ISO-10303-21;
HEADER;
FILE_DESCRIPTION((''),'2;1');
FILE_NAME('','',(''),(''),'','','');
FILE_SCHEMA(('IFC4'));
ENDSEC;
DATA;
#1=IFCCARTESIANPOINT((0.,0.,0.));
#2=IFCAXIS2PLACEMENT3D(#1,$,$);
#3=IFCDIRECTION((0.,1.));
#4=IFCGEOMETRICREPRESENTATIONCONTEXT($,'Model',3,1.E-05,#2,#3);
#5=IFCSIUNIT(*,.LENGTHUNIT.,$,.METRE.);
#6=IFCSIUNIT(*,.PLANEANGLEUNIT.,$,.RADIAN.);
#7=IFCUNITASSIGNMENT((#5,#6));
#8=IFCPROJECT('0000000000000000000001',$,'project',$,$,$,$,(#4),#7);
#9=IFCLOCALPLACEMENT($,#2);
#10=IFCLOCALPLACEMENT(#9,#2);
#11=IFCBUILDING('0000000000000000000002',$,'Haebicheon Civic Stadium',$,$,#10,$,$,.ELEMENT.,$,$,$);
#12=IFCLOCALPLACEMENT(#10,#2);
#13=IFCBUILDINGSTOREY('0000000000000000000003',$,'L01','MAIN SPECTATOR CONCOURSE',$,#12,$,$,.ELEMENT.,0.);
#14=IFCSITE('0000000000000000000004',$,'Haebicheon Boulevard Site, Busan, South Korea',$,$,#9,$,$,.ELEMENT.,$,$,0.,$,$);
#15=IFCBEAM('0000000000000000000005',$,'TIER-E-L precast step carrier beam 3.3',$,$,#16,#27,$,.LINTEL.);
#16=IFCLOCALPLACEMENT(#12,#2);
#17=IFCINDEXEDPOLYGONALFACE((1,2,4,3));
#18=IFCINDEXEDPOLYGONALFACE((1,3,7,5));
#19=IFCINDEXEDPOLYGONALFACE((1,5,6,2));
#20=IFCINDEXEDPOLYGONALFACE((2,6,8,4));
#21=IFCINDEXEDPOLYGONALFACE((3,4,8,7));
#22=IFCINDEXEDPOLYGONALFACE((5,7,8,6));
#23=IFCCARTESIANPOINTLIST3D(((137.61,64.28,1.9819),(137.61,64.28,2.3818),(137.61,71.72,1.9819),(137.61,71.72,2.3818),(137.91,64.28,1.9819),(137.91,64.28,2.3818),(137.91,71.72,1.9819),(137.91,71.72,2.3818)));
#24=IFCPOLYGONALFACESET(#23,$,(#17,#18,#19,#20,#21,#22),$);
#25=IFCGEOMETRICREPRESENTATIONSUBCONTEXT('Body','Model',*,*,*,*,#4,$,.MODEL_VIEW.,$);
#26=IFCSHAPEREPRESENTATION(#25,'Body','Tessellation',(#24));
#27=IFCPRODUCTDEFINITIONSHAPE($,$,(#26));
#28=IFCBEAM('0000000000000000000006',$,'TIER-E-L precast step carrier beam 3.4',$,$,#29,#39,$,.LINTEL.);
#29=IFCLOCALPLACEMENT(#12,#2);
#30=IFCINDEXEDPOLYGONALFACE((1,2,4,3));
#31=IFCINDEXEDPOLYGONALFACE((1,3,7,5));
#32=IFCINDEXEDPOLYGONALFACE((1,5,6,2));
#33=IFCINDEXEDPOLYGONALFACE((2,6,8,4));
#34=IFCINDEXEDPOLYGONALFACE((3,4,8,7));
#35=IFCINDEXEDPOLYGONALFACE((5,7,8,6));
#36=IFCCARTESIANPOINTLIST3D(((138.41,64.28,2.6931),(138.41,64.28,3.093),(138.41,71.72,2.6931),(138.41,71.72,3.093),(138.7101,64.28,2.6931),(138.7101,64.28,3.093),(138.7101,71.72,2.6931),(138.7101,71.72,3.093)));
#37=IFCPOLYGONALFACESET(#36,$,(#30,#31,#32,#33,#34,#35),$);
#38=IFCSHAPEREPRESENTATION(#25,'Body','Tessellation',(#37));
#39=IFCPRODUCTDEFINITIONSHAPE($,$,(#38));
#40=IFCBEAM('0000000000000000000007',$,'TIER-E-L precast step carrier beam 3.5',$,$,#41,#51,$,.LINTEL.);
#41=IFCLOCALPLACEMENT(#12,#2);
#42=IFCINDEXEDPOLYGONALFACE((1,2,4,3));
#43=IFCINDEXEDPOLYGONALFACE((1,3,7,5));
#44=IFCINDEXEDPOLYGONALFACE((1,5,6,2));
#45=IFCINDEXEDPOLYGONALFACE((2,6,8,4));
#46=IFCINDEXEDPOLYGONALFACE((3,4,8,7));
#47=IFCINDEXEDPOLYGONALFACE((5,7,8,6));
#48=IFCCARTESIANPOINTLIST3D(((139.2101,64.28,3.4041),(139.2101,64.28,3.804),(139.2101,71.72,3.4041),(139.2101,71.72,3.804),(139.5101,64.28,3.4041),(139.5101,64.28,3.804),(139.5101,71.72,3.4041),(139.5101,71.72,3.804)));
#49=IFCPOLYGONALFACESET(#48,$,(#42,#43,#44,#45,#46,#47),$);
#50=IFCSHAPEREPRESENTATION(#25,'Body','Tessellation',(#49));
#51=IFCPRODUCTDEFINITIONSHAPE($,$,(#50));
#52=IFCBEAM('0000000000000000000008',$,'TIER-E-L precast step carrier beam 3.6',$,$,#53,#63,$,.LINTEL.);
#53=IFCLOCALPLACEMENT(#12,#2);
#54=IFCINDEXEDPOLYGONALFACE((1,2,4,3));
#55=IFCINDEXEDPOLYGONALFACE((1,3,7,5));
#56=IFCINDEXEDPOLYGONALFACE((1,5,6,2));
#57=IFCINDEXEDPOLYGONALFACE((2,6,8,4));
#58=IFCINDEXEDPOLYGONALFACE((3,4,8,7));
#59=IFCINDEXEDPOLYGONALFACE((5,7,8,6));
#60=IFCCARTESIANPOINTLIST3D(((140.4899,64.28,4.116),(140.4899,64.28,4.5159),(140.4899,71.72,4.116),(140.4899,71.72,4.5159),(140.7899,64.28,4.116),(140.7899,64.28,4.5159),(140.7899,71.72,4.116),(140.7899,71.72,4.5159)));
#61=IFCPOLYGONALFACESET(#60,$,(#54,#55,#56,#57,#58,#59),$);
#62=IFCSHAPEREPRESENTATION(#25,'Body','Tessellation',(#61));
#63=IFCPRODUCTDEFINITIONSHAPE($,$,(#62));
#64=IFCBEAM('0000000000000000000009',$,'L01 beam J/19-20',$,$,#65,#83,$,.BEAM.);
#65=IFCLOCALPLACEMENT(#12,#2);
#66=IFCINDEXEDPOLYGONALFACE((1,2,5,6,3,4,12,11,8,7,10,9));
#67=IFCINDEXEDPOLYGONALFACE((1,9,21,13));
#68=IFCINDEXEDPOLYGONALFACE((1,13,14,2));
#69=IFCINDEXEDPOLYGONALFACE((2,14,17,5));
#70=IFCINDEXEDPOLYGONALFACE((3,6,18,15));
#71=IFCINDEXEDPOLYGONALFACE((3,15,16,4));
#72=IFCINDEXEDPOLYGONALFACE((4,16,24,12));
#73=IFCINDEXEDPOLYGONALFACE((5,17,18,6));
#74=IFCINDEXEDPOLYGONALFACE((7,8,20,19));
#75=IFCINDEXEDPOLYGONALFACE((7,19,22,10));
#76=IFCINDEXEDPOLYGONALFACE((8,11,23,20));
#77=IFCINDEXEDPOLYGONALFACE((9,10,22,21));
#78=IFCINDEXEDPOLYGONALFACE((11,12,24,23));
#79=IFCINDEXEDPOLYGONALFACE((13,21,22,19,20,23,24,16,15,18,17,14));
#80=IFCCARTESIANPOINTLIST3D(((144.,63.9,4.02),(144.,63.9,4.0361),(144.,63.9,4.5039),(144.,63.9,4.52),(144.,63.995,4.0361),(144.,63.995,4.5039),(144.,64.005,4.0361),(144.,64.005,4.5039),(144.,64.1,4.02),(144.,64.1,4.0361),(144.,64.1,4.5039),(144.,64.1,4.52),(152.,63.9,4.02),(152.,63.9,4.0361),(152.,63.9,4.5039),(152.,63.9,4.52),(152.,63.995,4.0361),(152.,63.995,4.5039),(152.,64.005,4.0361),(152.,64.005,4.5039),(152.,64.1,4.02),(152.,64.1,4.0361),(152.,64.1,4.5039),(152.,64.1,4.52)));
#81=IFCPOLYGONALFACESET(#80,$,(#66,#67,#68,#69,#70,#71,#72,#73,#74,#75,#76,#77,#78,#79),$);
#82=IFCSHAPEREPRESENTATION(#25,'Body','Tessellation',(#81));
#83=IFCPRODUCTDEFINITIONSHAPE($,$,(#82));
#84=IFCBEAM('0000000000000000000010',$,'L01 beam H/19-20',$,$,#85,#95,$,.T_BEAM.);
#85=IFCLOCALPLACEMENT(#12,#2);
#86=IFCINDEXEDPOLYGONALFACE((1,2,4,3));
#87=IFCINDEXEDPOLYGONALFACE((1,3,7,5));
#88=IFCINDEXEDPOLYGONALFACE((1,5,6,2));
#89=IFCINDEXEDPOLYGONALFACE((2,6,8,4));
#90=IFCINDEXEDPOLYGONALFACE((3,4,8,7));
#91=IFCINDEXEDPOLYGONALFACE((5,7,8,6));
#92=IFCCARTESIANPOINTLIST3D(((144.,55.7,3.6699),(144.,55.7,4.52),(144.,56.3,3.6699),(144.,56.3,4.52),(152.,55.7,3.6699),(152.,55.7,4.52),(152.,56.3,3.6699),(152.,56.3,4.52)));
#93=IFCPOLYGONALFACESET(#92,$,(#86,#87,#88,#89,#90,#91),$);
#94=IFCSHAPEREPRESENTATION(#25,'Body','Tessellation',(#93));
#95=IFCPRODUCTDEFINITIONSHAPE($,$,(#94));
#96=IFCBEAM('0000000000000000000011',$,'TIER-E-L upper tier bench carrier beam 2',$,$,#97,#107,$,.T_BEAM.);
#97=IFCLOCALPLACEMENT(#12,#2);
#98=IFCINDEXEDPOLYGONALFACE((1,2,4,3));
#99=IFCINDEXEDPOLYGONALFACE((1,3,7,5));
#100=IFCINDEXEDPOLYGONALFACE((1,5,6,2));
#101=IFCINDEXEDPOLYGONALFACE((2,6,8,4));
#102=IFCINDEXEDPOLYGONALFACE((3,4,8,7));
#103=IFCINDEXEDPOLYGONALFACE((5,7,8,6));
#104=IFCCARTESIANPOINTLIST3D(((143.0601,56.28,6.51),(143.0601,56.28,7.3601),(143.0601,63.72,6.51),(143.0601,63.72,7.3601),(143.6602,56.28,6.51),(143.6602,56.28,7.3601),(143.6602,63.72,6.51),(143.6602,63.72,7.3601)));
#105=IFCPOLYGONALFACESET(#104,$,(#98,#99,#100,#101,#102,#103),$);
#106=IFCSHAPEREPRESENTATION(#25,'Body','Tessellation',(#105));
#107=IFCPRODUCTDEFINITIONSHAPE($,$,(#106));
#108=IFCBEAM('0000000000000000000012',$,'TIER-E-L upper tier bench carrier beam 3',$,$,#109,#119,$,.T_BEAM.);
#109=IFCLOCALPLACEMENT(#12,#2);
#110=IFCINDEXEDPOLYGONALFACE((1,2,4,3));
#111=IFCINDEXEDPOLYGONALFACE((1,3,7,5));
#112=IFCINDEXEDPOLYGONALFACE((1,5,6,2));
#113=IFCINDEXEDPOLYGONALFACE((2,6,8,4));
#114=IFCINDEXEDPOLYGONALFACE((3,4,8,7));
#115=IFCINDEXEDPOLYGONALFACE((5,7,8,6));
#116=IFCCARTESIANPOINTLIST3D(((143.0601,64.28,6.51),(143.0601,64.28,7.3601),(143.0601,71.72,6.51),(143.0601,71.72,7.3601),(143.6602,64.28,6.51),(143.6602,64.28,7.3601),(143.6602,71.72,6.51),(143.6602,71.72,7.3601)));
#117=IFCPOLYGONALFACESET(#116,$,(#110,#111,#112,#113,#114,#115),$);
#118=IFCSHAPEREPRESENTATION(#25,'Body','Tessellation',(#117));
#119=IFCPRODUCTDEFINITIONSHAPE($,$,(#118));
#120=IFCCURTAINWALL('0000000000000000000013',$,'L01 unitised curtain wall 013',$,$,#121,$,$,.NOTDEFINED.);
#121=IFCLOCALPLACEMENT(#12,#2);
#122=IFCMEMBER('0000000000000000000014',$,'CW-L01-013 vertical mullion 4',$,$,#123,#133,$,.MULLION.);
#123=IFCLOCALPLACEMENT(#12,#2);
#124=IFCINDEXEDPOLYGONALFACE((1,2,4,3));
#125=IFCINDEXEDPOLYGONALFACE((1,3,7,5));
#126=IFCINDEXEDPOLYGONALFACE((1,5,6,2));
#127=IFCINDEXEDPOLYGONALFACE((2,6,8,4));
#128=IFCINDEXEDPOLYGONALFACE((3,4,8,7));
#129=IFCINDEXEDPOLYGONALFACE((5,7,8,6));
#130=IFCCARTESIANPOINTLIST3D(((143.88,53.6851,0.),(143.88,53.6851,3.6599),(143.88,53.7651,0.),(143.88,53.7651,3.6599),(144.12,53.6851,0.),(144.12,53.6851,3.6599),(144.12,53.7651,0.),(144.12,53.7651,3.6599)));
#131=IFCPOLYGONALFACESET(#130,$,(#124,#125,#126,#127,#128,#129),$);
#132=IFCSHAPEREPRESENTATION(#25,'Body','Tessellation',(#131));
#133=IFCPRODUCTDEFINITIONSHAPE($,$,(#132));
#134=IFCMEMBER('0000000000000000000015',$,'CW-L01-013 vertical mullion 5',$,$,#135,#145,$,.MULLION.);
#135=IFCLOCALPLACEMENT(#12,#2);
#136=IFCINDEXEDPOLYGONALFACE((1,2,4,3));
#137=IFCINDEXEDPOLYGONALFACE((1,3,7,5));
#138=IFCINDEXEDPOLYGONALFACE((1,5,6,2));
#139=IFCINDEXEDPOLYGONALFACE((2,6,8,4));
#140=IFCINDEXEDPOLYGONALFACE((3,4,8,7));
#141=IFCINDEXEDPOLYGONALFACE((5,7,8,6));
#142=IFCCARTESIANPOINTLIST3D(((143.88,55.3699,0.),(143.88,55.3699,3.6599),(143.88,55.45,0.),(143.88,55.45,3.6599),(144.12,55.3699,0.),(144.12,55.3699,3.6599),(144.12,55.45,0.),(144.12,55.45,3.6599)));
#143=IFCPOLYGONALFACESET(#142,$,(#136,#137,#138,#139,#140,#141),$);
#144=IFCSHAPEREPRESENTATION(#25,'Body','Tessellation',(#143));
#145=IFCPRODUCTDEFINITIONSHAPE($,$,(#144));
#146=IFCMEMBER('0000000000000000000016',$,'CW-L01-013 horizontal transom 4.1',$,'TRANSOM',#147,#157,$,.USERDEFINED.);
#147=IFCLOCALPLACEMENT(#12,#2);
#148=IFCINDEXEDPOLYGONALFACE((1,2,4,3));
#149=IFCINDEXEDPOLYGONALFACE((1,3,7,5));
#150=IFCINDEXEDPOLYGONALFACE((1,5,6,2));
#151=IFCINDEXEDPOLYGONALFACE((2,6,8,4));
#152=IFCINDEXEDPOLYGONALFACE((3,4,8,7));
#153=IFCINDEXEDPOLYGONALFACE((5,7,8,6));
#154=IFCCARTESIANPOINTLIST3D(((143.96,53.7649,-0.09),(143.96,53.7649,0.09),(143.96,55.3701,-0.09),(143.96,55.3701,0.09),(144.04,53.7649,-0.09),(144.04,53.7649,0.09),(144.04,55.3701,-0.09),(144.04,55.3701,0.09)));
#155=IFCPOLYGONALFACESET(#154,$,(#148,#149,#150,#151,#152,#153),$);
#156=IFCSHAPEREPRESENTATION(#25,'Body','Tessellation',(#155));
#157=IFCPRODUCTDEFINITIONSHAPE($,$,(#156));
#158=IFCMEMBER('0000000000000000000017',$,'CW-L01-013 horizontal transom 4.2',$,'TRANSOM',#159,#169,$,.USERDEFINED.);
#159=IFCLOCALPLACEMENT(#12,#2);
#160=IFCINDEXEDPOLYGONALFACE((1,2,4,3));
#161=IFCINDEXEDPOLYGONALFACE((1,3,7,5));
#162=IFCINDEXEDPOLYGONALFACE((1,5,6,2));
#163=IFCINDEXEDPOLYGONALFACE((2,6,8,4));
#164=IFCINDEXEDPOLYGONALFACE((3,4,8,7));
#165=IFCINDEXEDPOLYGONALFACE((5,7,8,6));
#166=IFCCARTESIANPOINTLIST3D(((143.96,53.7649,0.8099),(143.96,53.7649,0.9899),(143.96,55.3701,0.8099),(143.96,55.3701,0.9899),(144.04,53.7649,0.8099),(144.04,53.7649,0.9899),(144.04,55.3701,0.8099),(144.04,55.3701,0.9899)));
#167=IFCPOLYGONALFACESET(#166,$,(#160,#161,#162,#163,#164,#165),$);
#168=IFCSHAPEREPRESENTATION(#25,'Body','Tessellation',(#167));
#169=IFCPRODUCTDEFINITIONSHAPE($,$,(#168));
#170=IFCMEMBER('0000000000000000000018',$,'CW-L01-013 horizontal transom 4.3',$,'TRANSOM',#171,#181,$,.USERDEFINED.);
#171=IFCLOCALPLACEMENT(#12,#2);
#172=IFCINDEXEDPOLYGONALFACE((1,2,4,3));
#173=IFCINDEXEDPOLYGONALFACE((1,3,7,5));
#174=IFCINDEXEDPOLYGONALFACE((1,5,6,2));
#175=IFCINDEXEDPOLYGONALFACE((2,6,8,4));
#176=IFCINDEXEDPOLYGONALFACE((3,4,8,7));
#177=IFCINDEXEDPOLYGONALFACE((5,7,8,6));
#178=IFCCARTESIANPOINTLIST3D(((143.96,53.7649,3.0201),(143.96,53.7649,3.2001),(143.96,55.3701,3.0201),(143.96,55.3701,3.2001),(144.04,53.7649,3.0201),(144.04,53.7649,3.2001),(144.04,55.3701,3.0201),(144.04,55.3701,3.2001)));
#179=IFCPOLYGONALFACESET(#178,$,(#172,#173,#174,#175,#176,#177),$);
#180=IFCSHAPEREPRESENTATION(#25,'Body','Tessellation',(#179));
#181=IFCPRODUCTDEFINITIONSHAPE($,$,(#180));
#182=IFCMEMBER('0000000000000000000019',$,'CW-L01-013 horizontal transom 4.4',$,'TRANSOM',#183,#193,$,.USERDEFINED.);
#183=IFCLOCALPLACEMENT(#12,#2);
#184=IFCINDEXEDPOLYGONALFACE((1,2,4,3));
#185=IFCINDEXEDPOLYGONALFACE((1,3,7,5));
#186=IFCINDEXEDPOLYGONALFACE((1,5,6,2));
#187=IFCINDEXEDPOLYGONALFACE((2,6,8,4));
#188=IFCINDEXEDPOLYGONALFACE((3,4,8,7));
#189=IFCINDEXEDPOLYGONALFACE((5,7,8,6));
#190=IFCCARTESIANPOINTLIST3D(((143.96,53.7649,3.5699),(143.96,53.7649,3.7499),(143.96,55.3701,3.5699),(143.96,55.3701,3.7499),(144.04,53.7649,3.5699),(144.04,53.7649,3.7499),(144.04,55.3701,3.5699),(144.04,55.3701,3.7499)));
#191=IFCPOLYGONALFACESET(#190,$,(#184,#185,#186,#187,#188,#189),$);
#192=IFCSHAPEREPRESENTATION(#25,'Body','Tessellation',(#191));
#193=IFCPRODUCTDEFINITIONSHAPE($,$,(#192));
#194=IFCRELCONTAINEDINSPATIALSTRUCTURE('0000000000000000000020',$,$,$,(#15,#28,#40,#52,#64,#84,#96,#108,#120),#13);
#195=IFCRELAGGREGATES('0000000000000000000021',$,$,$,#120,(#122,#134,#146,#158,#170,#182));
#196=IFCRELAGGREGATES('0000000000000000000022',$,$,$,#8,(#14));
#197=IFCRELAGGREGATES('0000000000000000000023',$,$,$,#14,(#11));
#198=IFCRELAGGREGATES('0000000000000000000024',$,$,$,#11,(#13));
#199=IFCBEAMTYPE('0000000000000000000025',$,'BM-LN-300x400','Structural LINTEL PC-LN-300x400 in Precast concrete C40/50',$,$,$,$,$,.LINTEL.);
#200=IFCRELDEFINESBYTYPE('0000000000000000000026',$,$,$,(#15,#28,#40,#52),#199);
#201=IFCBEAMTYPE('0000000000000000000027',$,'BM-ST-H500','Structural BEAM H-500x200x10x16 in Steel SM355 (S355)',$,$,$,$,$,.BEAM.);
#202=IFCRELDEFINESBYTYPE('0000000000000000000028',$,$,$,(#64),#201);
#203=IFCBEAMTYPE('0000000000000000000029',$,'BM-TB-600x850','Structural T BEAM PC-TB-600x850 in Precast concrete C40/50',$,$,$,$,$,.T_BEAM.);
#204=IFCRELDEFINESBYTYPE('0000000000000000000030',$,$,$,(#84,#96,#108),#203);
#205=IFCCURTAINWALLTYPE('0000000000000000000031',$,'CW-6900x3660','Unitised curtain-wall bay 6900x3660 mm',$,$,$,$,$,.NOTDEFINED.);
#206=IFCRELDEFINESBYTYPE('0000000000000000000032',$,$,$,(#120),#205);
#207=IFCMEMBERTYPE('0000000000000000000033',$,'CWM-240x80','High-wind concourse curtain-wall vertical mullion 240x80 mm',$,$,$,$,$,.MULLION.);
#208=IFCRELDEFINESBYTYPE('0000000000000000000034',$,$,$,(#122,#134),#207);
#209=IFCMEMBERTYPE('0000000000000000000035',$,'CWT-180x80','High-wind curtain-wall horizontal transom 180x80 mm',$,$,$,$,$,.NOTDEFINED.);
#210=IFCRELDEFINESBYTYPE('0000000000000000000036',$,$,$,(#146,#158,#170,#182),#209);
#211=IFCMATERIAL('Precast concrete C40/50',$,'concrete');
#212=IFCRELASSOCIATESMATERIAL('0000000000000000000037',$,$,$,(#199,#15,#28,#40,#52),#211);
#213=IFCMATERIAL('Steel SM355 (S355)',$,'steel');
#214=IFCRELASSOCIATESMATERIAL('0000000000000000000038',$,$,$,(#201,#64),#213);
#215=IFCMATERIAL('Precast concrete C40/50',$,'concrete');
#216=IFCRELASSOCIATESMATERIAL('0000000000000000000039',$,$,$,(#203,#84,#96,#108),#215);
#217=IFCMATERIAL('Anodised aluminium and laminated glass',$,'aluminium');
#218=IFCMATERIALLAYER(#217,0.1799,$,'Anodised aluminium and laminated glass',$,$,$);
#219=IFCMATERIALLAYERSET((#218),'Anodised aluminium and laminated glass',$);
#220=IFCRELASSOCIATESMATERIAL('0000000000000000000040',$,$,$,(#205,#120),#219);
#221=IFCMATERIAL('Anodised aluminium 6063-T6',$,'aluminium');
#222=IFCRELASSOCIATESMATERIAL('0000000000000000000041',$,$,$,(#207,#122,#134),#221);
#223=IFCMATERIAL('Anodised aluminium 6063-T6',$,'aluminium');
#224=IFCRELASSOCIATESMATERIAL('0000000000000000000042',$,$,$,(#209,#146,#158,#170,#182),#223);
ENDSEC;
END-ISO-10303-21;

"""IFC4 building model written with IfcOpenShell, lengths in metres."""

from ifc_helpers import new_model, si_unit, direction, frame, origin, origin_2d, place, context, subcontext, project, spatial, rectangle, i_section, extrude, material, layer, layer_set, material_profile, profile_set, type_object, element, aggregate, save


model = new_model("IFC4")

# Units and contexts
model_context = context("Model", 3, precision=1e-05, world=origin(), true_north=direction((0.0, 1.0)))
body_context = subcontext(model_context, "Body", "Model", "MODEL_VIEW")
ifc_project = project(units=[si_unit("LENGTHUNIT", "METRE"), si_unit("PLANEANGLEUNIT", "RADIAN")], contexts=[model_context])

# Site, building, storey
site_placement = place(None, origin())
site = spatial("IfcSite", under=ifc_project, at=site_placement, Name="Haebicheon Boulevard Site, Busan, South Korea", CompositionType="ELEMENT", RefElevation=0.0)
building_placement = place(site_placement, origin())
building = spatial("IfcBuilding", under=site, at=building_placement, Name="Haebicheon Civic Stadium", CompositionType="ELEMENT")
storey_placement = place(building_placement, origin())
storey = spatial("IfcBuildingStorey", under=building, at=storey_placement, Name="L01", Description="MAIN SPECTATOR CONCOURSE", CompositionType="ELEMENT", Elevation=0.0)

# Beams
ifc_material_1 = material(Name="Precast concrete C40/50", Category="concrete")
ifc_material_profile_1 = material_profile(ifc_material_1, rectangle(XDim=0.3, YDim=0.3999, at=origin_2d()), Name="PC-LN-300x400")
ifc_profile_set_1 = profile_set([ifc_material_profile_1], Name="Precast concrete C40/50")
beam_type_1 = type_object("IfcBeamType", Name="BM-LN-300x400", Description="Structural LINTEL PC-LN-300x400 in Precast concrete C40/50", PredefinedType="LINTEL", material=ifc_profile_set_1)
for number, where, z_axis, x_axis, name in (
    (1, (137.76, 64.28, 2.1819), (0.0, 1.0, 0.0), (-1.0, 0.0, 0.0), "TIER-E-L precast step carrier beam 3.3"),
    (2, (138.5601, 64.28, 2.8931), (0.0, 1.0, 0.0), (-1.0, 0.0, 0.0), "TIER-E-L precast step carrier beam 3.4"),
    (3, (139.3601, 64.28, 3.604), (0.0, 1.0, 0.0), (-1.0, 0.0, 0.0), "TIER-E-L precast step carrier beam 3.5"),
    (4, (140.6399, 64.28, 4.3159), (0.0, 1.0, 0.0), (-1.0, 0.0, 0.0), "TIER-E-L precast step carrier beam 3.6"),
):
    element("IfcBeam", number, at=place(storey_placement, frame(where, z_axis=z_axis, x_axis=x_axis)), inside=storey, type_object=beam_type_1, material=ifc_profile_set_1, Name=name, PredefinedType="LINTEL", context=body_context, shape_type="SweptSolid", body=[
        extrude(rectangle(XDim=0.3, YDim=0.3999, at=origin_2d()), origin(), (0.0, 0.0, 1.0), 7.4399),
    ])
ifc_material_2 = material(Name="Steel SM355 (S355)", Category="steel")
ifc_material_profile_2 = material_profile(ifc_material_2, i_section(OverallWidth=0.2, OverallDepth=0.5, WebThickness=0.01, FlangeThickness=0.0161, at=origin_2d()), Name="H-500x200x10x16")
ifc_profile_set_2 = profile_set([ifc_material_profile_2], Name="Steel SM355 (S355)")
beam_type_2 = type_object("IfcBeamType", Name="BM-ST-H500", Description="Structural BEAM H-500x200x10x16 in Steel SM355 (S355)", PredefinedType="BEAM", material=ifc_profile_set_2)
beam_1_placement = place(storey_placement, frame((144.0, 64.0, 4.27), z_axis=(1.0, 0.0, 0.0), x_axis=(0.0, 1.0, 0.0)))
element("IfcBeam", 5, at=beam_1_placement, inside=storey, type_object=beam_type_2, material=ifc_profile_set_2, Name="L01 beam J/19-20", PredefinedType="BEAM", context=body_context, shape_type="SweptSolid", body=[
    extrude(i_section(OverallWidth=0.2, OverallDepth=0.5, WebThickness=0.01, FlangeThickness=0.0161, at=origin_2d()), origin(), (0.0, 0.0, 1.0), 8.0),
])
ifc_material_3 = material(Name="Precast concrete C40/50", Category="concrete")
ifc_material_profile_3 = material_profile(ifc_material_3, rectangle(XDim=0.6001, YDim=0.8501, at=origin_2d()), Name="PC-TB-600x850")
ifc_profile_set_3 = profile_set([ifc_material_profile_3], Name="Precast concrete C40/50")
beam_type_3 = type_object("IfcBeamType", Name="BM-TB-600x850", Description="Structural T BEAM PC-TB-600x850 in Precast concrete C40/50", PredefinedType="T_BEAM", material=ifc_profile_set_3)
beam_2_placement = place(storey_placement, frame((144.0, 56.0, 4.095), z_axis=(1.0, 0.0, 0.0), x_axis=(0.0, 1.0, 0.0)))
element("IfcBeam", 6, at=beam_2_placement, inside=storey, type_object=beam_type_3, material=ifc_profile_set_3, Name="L01 beam H/19-20", PredefinedType="T_BEAM", context=body_context, shape_type="SweptSolid", body=[
    extrude(rectangle(XDim=0.6001, YDim=0.8501, at=origin_2d()), origin(), (0.0, 0.0, 1.0), 8.0),
])
for number, where, z_axis, x_axis, name in (
    (7, (143.3601, 56.28, 6.9351), (0.0, 1.0, 0.0), (-1.0, 0.0, 0.0), "TIER-E-L upper tier bench carrier beam 2"),
    (8, (143.3601, 64.28, 6.9351), (0.0, 1.0, 0.0), (-1.0, 0.0, 0.0), "TIER-E-L upper tier bench carrier beam 3"),
):
    element("IfcBeam", number, at=place(storey_placement, frame(where, z_axis=z_axis, x_axis=x_axis)), inside=storey, type_object=beam_type_3, material=ifc_profile_set_3, Name=name, PredefinedType="T_BEAM", context=body_context, shape_type="SweptSolid", body=[
        extrude(rectangle(XDim=0.6001, YDim=0.8501, at=origin_2d()), origin(), (0.0, 0.0, 1.0), 7.4399),
    ])

# Curtain wall, members
ifc_material_4 = material(Name="Anodised aluminium and laminated glass", Category="aluminium")
ifc_layer_1 = layer(ifc_material_4, 0.1799, Name="Anodised aluminium and laminated glass")
ifc_layer_set_1 = layer_set([ifc_layer_1], Name="Anodised aluminium and laminated glass")
curtain_wall_type = type_object("IfcCurtainWallType", Name="CW-6900x3660", Description="Unitised curtain-wall bay 6900x3660 mm", PredefinedType="NOTDEFINED", material=ifc_layer_set_1)
curtain_wall_placement = place(storey_placement, origin())
curtain_wall = element("IfcCurtainWall", 9, at=curtain_wall_placement, inside=storey, type_object=curtain_wall_type, material=ifc_layer_set_1, Name="L01 unitised curtain wall 013", PredefinedType="NOTDEFINED")
ifc_material_5 = material(Name="Anodised aluminium 6063-T6", Category="aluminium")
ifc_material_profile_4 = material_profile(ifc_material_5, rectangle(XDim=0.0801, YDim=0.24, at=origin_2d()), Name="ALU-MULL-80x240")
ifc_profile_set_4 = profile_set([ifc_material_profile_4], Name="Anodised aluminium 6063-T6")
member_type_1 = type_object("IfcMemberType", Name="CWM-240x80", Description="High-wind concourse curtain-wall vertical mullion 240x80 mm", PredefinedType="MULLION", material=ifc_profile_set_4)
member_1_placement = place(storey_placement, frame((144.0, 53.7251, 0.0), z_axis=(0.0, 0.0, 1.0), x_axis=(0.0, 1.0, 0.0)))
member_1 = element("IfcMember", 10, at=member_1_placement, type_object=member_type_1, material=ifc_profile_set_4, Name="CW-L01-013 vertical mullion 4", PredefinedType="MULLION", context=body_context, shape_type="SweptSolid", body=[
    extrude(rectangle(XDim=0.0801, YDim=0.24, at=origin_2d()), origin(), (0.0, 0.0, 1.0), 3.6599),
])
member_2_placement = place(storey_placement, frame((144.0, 55.4099, 0.0), z_axis=(0.0, 0.0, 1.0), x_axis=(0.0, 1.0, 0.0)))
member_2 = element("IfcMember", 11, at=member_2_placement, type_object=member_type_1, material=ifc_profile_set_4, Name="CW-L01-013 vertical mullion 5", PredefinedType="MULLION", context=body_context, shape_type="SweptSolid", body=[
    extrude(rectangle(XDim=0.0801, YDim=0.24, at=origin_2d()), origin(), (0.0, 0.0, 1.0), 3.6599),
])
ifc_material_6 = material(Name="Anodised aluminium 6063-T6", Category="aluminium")
ifc_material_profile_5 = material_profile(ifc_material_6, rectangle(XDim=0.0801, YDim=0.1799, at=origin_2d()), Name="ALU-TRAN-80x180")
ifc_profile_set_5 = profile_set([ifc_material_profile_5], Name="Anodised aluminium 6063-T6")
member_type_2 = type_object("IfcMemberType", Name="CWT-180x80", Description="High-wind curtain-wall horizontal transom 180x80 mm", PredefinedType="NOTDEFINED", material=ifc_profile_set_5)
member_3_placement = place(storey_placement, frame((144.0, 53.7649, 0.0), z_axis=(0.0, 1.0, 0.0), x_axis=(-1.0, 0.0, 0.0)))
member_3 = element("IfcMember", 12, at=member_3_placement, type_object=member_type_2, material=ifc_profile_set_5, Name="CW-L01-013 horizontal transom 4.1", ObjectType="TRANSOM", PredefinedType="USERDEFINED", context=body_context, shape_type="SweptSolid", body=[
    extrude(rectangle(XDim=0.0801, YDim=0.1799, at=origin_2d()), origin(), (0.0, 0.0, 1.0), 1.6052),
])
member_4_placement = place(storey_placement, frame((144.0, 53.7649, 0.8999), z_axis=(0.0, 1.0, 0.0), x_axis=(-1.0, 0.0, 0.0)))
member_4 = element("IfcMember", 13, at=member_4_placement, type_object=member_type_2, material=ifc_profile_set_5, Name="CW-L01-013 horizontal transom 4.2", ObjectType="TRANSOM", PredefinedType="USERDEFINED", context=body_context, shape_type="SweptSolid", body=[
    extrude(rectangle(XDim=0.0801, YDim=0.1799, at=origin_2d()), origin(), (0.0, 0.0, 1.0), 1.6052),
])
member_5_placement = place(storey_placement, frame((144.0, 53.7649, 3.1101), z_axis=(0.0, 1.0, 0.0), x_axis=(-1.0, 0.0, 0.0)))
member_5 = element("IfcMember", 14, at=member_5_placement, type_object=member_type_2, material=ifc_profile_set_5, Name="CW-L01-013 horizontal transom 4.3", ObjectType="TRANSOM", PredefinedType="USERDEFINED", context=body_context, shape_type="SweptSolid", body=[
    extrude(rectangle(XDim=0.0801, YDim=0.1799, at=origin_2d()), origin(), (0.0, 0.0, 1.0), 1.6052),
])
member_6_placement = place(storey_placement, frame((144.0, 53.7649, 3.6599), z_axis=(0.0, 1.0, 0.0), x_axis=(-1.0, 0.0, 0.0)))
member_6 = element("IfcMember", 15, at=member_6_placement, type_object=member_type_2, material=ifc_profile_set_5, Name="CW-L01-013 horizontal transom 4.4", ObjectType="TRANSOM", PredefinedType="USERDEFINED", context=body_context, shape_type="SweptSolid", body=[
    extrude(rectangle(XDim=0.0801, YDim=0.1799, at=origin_2d()), origin(), (0.0, 0.0, 1.0), 1.6052),
])

aggregate(curtain_wall, [member_1, member_2, member_3, member_4, member_5, member_6])

save(model, "model.ifc")
